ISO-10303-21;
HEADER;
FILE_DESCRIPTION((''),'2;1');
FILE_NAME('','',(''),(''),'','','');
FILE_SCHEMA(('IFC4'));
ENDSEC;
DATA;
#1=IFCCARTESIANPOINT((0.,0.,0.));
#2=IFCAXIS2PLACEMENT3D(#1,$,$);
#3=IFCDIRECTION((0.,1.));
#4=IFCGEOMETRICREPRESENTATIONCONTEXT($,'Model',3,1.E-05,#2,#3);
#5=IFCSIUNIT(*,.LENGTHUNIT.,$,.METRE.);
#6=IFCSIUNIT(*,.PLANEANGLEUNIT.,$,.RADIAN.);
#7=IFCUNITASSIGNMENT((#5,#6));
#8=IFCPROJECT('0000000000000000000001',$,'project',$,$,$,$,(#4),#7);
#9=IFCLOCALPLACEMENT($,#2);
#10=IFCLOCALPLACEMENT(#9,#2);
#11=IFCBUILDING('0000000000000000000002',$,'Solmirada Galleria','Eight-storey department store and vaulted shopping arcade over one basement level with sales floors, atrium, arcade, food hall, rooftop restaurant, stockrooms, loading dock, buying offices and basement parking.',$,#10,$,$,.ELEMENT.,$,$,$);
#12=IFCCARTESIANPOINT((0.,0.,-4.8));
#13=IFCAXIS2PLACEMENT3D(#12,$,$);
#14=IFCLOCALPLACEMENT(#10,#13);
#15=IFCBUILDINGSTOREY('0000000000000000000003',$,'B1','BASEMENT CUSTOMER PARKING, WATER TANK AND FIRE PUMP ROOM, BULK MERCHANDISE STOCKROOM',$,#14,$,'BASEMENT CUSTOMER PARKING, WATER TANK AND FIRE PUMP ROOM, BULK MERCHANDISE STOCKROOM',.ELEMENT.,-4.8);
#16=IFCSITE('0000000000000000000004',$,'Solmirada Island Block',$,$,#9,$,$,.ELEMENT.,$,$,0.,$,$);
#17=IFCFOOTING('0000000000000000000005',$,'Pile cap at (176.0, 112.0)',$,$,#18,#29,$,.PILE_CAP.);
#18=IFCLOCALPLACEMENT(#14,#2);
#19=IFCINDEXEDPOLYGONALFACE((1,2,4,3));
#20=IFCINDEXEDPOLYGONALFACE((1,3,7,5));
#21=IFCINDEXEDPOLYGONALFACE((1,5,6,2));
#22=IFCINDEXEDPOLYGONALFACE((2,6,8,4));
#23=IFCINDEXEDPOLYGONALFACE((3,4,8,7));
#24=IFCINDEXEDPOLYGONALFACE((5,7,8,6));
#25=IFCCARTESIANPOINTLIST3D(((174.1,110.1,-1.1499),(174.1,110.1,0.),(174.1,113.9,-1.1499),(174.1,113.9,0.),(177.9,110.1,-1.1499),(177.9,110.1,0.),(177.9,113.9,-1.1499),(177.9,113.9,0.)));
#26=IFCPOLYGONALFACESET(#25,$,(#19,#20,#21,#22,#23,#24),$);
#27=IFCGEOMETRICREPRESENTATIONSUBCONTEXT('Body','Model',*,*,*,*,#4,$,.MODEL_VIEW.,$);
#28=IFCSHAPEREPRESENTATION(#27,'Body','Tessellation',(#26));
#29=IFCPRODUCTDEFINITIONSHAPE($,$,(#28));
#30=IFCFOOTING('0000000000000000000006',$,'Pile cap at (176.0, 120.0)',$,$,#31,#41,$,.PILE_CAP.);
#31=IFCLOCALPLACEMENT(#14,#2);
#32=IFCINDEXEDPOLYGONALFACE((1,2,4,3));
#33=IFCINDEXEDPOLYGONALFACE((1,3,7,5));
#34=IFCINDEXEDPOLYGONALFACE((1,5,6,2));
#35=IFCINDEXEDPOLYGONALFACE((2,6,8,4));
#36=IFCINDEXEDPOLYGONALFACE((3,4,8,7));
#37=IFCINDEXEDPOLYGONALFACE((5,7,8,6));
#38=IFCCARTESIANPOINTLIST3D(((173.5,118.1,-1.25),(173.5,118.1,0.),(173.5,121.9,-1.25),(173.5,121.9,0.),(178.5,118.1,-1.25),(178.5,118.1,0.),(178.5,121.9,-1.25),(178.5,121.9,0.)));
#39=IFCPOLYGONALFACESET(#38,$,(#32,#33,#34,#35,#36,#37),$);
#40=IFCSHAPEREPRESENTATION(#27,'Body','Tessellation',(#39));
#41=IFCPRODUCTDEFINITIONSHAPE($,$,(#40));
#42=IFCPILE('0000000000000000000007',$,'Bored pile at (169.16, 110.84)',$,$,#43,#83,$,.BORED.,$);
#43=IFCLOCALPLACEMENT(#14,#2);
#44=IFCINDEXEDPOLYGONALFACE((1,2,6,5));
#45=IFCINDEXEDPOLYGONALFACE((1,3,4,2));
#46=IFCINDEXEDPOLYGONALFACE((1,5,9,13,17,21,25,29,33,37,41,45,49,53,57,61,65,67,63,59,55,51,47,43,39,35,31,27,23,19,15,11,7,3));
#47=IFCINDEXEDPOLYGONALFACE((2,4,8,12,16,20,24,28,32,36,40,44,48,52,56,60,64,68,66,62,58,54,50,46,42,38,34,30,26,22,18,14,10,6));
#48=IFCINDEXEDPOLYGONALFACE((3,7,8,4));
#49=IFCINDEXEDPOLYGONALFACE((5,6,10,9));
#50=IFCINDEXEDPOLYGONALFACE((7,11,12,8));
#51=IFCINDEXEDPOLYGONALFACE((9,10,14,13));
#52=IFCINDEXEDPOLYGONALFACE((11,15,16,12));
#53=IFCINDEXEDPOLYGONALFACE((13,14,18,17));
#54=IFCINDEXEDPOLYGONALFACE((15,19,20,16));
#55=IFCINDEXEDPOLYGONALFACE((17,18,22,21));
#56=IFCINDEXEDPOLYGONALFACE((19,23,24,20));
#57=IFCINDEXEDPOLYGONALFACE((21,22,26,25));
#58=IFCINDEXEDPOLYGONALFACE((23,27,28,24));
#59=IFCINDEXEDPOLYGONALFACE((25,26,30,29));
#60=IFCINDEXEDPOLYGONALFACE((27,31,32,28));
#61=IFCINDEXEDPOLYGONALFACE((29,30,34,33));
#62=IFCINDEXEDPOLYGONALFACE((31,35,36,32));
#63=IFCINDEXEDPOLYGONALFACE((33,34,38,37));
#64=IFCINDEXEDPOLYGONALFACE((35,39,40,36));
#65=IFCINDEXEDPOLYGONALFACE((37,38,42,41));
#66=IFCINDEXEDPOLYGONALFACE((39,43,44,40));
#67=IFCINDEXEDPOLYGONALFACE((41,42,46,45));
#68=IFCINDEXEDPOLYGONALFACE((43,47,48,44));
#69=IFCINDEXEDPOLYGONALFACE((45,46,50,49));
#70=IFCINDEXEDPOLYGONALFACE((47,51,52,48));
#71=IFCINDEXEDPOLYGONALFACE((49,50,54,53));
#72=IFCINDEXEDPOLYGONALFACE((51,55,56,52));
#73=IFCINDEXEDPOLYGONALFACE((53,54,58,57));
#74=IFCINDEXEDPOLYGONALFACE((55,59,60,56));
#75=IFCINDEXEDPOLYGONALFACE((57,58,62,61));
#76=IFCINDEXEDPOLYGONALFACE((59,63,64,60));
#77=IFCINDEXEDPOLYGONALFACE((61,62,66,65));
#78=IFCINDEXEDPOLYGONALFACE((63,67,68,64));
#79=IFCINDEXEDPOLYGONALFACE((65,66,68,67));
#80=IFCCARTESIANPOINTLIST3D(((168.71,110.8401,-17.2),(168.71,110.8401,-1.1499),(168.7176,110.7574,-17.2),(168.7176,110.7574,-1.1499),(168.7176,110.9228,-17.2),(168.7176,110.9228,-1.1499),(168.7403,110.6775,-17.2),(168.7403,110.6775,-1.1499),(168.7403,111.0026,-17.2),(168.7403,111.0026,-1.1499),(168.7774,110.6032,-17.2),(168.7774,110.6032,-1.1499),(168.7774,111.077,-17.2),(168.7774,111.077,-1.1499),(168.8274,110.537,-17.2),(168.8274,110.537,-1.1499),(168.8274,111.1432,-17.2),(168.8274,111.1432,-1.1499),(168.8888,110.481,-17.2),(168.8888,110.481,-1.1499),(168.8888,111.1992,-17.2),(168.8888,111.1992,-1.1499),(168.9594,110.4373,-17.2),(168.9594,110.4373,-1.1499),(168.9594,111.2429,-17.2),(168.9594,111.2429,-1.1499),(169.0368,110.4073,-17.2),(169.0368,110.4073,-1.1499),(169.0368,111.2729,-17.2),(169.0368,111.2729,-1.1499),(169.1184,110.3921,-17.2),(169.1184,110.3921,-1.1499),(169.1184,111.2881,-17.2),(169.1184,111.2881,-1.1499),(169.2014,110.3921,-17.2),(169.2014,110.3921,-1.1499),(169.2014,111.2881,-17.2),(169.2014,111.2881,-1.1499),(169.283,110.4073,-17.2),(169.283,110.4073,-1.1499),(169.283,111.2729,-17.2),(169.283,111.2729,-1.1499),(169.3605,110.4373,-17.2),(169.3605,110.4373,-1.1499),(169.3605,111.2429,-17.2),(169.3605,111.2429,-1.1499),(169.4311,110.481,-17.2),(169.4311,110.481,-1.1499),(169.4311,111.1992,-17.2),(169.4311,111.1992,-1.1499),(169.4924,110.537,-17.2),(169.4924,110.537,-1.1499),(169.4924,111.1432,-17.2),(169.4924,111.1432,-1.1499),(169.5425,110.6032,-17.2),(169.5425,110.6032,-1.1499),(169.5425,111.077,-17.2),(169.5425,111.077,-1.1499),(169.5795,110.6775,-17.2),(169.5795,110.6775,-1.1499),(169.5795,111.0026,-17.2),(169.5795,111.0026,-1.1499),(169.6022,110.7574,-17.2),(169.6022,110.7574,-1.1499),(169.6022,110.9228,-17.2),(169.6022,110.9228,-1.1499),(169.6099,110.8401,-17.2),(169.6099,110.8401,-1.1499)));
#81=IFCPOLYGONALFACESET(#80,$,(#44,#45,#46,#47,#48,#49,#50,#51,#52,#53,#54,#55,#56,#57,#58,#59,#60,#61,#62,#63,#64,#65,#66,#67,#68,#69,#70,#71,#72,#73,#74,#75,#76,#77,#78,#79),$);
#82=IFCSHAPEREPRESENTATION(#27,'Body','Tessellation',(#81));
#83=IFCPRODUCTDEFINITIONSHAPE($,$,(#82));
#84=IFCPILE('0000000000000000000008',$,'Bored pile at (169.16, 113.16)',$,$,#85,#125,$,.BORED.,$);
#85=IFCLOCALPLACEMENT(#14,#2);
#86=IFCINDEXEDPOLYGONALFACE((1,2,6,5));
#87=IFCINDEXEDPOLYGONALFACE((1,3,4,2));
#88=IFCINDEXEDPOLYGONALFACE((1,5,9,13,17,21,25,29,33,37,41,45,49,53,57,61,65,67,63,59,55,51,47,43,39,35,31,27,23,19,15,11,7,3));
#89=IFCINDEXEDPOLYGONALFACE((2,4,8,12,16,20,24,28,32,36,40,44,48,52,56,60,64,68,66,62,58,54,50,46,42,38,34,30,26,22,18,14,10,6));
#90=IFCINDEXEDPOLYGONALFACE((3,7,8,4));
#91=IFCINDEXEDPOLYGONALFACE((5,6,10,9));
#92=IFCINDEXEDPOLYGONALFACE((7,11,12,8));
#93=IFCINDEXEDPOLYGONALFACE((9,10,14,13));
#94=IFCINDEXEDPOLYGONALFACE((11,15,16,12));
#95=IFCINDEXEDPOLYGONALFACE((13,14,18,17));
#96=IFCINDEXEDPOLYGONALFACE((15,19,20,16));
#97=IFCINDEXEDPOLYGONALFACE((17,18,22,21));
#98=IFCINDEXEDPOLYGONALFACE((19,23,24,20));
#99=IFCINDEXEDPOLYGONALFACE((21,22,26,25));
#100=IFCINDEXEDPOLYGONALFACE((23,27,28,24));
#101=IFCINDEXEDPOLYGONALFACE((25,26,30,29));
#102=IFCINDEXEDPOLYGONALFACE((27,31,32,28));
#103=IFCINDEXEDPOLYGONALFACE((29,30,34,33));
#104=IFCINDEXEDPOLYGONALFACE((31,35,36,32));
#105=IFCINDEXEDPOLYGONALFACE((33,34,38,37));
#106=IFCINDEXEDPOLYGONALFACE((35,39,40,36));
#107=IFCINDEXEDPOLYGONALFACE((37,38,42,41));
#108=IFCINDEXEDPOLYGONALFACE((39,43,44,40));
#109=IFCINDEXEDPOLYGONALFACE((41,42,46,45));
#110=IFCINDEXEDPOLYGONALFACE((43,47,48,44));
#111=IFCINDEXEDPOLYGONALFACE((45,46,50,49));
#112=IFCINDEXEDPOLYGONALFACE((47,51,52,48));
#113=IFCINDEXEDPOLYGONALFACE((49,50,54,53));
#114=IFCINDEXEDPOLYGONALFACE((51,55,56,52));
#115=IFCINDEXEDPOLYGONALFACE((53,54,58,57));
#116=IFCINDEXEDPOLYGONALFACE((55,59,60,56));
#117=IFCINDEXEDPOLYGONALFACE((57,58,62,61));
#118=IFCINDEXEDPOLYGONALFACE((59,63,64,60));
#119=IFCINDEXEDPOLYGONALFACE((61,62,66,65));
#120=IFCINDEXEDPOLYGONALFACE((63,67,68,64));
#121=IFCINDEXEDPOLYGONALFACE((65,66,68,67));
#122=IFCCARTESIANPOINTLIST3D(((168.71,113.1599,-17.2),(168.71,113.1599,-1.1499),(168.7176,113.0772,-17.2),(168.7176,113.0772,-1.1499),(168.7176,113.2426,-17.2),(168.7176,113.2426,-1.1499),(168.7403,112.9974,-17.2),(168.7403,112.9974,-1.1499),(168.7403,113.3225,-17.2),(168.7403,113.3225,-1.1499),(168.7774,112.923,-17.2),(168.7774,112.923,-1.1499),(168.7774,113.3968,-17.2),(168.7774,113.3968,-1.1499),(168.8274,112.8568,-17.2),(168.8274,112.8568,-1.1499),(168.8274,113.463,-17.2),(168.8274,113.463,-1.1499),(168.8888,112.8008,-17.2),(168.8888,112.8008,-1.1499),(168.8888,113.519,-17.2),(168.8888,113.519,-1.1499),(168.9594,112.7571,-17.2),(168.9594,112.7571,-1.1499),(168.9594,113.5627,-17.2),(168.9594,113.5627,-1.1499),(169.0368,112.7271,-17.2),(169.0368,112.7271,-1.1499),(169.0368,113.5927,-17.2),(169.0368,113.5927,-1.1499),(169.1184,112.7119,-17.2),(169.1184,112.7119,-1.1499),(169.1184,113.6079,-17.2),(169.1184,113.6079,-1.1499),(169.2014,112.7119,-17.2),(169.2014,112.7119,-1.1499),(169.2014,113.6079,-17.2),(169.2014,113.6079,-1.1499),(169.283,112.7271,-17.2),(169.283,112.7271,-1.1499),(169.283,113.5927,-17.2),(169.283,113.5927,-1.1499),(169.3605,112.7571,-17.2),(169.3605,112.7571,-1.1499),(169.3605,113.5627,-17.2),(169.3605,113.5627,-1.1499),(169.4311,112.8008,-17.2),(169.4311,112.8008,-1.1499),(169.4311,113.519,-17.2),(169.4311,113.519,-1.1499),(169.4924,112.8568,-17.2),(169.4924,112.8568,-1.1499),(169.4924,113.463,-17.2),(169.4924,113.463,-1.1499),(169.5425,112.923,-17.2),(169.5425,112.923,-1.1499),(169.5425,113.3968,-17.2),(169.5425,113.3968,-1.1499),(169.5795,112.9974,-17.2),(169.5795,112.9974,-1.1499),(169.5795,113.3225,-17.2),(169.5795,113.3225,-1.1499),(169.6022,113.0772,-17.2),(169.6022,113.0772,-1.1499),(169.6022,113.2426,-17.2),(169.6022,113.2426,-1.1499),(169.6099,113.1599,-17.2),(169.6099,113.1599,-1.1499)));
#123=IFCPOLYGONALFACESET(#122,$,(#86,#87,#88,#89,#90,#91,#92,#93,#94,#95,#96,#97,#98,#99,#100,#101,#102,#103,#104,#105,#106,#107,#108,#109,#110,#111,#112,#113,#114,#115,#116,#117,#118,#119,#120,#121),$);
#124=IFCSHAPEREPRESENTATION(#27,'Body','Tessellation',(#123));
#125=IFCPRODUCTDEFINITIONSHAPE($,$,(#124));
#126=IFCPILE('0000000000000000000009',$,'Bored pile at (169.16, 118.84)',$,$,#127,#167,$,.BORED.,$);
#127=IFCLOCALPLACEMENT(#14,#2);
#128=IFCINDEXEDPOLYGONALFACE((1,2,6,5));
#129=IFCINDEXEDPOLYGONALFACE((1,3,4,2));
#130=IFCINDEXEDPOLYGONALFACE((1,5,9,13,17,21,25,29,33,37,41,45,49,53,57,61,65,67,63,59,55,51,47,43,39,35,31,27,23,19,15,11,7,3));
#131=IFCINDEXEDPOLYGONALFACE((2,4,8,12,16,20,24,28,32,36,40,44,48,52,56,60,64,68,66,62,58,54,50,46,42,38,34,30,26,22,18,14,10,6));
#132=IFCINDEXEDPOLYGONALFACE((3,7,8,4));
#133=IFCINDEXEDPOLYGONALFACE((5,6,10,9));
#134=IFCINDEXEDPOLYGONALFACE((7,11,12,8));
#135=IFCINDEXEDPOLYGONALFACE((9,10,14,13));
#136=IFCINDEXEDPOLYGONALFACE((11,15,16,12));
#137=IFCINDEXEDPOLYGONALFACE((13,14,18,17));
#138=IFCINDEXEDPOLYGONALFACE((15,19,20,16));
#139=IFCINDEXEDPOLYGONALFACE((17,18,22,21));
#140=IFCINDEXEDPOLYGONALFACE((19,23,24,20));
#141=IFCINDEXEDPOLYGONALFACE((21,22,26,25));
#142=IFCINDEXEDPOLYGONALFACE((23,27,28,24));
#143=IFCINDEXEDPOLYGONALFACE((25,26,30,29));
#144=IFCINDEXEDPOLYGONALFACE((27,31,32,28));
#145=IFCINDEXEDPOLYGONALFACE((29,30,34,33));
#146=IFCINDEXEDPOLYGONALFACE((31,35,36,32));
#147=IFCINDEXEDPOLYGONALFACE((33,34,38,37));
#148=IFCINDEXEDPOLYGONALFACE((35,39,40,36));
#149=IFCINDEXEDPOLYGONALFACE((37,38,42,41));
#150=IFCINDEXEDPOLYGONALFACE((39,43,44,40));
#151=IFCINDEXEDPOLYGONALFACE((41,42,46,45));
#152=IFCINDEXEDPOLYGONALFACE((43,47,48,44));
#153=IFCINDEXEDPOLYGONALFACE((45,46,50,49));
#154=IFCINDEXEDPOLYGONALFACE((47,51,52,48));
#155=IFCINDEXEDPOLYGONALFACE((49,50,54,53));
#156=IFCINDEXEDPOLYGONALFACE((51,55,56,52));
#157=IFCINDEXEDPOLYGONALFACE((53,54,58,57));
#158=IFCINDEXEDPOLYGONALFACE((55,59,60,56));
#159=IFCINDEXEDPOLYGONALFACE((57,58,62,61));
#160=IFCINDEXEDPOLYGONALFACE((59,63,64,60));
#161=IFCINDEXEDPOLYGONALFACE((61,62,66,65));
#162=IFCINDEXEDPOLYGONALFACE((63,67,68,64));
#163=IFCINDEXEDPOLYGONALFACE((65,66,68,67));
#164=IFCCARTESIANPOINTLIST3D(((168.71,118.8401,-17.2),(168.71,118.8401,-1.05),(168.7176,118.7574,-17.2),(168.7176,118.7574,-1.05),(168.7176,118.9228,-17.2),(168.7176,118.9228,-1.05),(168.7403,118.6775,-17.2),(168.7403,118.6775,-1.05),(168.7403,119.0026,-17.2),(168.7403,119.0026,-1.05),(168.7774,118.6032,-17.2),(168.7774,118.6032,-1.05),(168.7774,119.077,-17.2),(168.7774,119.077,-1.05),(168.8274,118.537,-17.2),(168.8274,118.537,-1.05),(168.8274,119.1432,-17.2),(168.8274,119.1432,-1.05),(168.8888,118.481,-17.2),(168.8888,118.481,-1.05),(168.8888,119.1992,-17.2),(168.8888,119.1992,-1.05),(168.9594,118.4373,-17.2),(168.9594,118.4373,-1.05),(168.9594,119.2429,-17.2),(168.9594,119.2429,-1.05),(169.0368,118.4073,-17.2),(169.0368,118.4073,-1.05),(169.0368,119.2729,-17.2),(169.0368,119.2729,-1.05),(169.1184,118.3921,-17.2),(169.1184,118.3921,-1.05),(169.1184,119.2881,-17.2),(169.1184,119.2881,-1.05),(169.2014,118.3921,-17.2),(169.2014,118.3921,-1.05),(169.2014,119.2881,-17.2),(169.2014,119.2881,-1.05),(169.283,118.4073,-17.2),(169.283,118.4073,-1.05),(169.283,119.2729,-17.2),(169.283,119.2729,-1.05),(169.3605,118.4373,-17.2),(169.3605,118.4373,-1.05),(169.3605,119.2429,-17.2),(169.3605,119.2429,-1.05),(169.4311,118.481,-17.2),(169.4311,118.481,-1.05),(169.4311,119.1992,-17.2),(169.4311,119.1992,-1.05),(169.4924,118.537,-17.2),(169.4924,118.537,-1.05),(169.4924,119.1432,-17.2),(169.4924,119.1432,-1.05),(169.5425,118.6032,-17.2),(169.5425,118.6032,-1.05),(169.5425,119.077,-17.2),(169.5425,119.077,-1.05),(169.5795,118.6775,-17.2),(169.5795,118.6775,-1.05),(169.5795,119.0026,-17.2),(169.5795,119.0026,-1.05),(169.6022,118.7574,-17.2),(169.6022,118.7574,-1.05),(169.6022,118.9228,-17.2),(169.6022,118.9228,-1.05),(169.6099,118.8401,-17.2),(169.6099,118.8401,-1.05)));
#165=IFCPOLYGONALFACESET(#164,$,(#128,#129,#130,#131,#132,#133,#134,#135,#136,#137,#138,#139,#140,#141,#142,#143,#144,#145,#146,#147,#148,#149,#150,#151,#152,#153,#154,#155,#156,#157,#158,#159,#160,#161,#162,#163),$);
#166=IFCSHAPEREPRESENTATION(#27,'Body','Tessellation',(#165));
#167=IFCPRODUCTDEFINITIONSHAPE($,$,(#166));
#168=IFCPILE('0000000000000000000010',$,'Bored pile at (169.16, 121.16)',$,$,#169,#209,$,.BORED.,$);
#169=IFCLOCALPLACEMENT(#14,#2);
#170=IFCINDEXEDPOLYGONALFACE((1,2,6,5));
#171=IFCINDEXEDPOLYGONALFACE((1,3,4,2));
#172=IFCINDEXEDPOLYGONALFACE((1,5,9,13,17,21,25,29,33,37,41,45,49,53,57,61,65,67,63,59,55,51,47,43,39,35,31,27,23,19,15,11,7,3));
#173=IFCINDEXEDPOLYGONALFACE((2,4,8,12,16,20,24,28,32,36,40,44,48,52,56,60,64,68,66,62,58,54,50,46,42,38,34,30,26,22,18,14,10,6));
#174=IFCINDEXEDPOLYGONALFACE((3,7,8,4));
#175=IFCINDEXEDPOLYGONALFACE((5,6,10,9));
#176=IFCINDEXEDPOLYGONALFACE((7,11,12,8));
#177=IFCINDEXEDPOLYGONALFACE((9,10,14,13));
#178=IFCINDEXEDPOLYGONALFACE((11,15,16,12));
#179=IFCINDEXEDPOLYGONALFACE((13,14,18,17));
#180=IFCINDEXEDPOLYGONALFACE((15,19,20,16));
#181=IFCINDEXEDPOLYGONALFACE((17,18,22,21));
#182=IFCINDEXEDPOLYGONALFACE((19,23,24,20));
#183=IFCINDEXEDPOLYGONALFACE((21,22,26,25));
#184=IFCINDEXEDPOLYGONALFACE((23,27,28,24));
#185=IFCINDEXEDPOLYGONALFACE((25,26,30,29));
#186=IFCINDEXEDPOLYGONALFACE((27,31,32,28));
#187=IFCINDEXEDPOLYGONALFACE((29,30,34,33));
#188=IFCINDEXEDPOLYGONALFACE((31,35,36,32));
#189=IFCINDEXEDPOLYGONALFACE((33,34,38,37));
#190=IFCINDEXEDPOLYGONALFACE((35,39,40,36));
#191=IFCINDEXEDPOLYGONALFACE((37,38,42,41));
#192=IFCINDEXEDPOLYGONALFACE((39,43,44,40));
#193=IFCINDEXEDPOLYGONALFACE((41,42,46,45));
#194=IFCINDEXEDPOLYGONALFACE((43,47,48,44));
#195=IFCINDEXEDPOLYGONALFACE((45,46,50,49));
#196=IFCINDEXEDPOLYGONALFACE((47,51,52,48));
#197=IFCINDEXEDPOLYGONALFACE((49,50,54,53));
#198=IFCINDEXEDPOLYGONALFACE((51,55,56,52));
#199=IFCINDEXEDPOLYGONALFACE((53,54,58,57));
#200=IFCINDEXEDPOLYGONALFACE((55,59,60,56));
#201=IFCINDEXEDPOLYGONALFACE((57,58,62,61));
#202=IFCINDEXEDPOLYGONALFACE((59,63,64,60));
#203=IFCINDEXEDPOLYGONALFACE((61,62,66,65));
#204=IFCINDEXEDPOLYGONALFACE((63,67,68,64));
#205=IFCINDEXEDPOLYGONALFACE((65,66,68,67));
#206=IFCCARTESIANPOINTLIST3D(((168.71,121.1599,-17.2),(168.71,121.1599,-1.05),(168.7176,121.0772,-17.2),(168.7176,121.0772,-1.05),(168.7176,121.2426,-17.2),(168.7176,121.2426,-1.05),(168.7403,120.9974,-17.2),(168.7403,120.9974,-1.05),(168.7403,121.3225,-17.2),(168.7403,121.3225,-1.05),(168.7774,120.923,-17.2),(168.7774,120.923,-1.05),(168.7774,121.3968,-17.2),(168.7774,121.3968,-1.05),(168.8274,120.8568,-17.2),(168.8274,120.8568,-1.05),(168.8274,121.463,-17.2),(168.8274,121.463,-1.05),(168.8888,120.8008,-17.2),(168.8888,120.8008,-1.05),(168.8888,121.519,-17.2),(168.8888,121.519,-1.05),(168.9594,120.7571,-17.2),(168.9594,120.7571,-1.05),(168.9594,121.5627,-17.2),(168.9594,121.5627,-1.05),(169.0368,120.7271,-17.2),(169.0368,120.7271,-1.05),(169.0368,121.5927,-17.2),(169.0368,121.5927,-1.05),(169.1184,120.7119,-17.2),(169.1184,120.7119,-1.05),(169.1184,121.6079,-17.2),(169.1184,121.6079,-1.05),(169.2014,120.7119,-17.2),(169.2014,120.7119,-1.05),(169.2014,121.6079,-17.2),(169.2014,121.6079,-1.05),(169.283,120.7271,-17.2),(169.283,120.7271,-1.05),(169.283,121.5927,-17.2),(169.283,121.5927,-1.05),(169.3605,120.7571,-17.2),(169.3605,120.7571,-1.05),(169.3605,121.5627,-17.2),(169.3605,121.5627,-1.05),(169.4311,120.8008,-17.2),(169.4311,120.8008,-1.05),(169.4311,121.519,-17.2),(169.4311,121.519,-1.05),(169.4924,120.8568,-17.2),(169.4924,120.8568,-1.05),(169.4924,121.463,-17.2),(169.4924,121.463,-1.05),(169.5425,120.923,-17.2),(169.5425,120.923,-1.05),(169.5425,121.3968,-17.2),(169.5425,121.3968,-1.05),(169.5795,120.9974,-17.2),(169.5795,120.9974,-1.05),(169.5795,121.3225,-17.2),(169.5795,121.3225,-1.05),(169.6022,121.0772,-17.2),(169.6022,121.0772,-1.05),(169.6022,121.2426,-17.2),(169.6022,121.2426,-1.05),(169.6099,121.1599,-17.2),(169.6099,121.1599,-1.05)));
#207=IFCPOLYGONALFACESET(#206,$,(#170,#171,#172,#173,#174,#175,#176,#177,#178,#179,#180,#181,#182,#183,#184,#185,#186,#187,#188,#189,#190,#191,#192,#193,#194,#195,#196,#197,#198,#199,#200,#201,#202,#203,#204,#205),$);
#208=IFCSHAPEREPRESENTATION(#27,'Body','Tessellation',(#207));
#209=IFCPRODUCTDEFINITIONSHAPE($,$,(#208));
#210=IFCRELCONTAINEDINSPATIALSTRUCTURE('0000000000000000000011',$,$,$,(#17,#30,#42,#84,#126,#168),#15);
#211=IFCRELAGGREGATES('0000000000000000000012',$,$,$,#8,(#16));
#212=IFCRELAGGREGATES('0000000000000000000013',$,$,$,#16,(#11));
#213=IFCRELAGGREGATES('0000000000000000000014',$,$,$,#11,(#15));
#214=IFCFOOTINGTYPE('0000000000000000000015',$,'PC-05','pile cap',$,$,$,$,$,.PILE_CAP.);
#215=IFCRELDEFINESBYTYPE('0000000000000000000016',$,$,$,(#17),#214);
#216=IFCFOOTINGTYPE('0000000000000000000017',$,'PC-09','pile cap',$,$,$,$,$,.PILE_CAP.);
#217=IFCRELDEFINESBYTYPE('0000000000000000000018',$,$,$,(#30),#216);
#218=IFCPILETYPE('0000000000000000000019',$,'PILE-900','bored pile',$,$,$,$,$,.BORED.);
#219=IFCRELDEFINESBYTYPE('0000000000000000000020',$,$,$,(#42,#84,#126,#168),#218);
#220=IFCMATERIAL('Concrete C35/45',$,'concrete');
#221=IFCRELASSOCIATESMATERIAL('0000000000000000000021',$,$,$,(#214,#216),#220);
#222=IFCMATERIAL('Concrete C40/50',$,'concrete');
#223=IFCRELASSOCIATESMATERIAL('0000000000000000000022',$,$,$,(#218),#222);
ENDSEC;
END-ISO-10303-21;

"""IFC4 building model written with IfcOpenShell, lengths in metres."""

from ifc_helpers import new_model, si_unit, direction, frame, origin, origin_2d, place, context, subcontext, project, spatial, rectangle, circle, extrude, material, material_profile, profile_set, type_object, element, save


model = new_model("IFC4")

# Units and contexts
model_context = context("Model", 3, precision=1e-05, world=origin(), true_north=direction((0.0, 1.0)))
body_context = subcontext(model_context, "Body", "Model", "MODEL_VIEW")
ifc_project = project(units=[si_unit("LENGTHUNIT", "METRE"), si_unit("PLANEANGLEUNIT", "RADIAN")], contexts=[model_context])

# Site, building, storey
site_placement = place(None, origin())
site = spatial("IfcSite", under=ifc_project, at=site_placement, Name="Solmirada Island Block", CompositionType="ELEMENT", RefElevation=0.0)
building_placement = place(site_placement, origin())
building = spatial("IfcBuilding", under=site, at=building_placement, Name="Solmirada Galleria", Description="Eight-storey department store and vaulted shopping arcade over one basement level with sales floors, atrium, arcade, food hall, rooftop restaurant, stockrooms, loading dock, buying offices and basement parking.", CompositionType="ELEMENT")
storey_placement = place(building_placement, frame((0.0, 0.0, -4.8)))
storey = spatial("IfcBuildingStorey", under=building, at=storey_placement, Name="B1", Description="BASEMENT CUSTOMER PARKING, WATER TANK AND FIRE PUMP ROOM, BULK MERCHANDISE STOCKROOM", LongName="BASEMENT CUSTOMER PARKING, WATER TANK AND FIRE PUMP ROOM, BULK MERCHANDISE STOCKROOM", CompositionType="ELEMENT", Elevation=-4.8)

# Footings
ifc_material_1 = material(Name="Concrete C35/45", Category="concrete")
footing_type_1 = type_object("IfcFootingType", Name="PC-05", Description="pile cap", PredefinedType="PILE_CAP", material=ifc_material_1)
footing_1_placement = place(storey_placement, frame((176.0, 112.0, -1.1499), z_axis=(0.0, 0.0, 1.0), x_axis=(1.0, 0.0, 0.0)))
element("IfcFooting", 1, at=footing_1_placement, inside=storey, type_object=footing_type_1, Name="Pile cap at (176.0, 112.0)", PredefinedType="PILE_CAP", context=body_context, shape_type="SweptSolid", body=[
    extrude(rectangle(XDim=3.8, YDim=3.8, at=origin_2d()), origin(), (0.0, 0.0, 1.0), 1.1499),
])
footing_type_2 = type_object("IfcFootingType", Name="PC-09", Description="pile cap", PredefinedType="PILE_CAP", material=ifc_material_1)
footing_2_placement = place(storey_placement, frame((176.0, 120.0, -1.25), z_axis=(0.0, 0.0, 1.0), x_axis=(1.0, 0.0, 0.0)))
element("IfcFooting", 2, at=footing_2_placement, inside=storey, type_object=footing_type_2, Name="Pile cap at (176.0, 120.0)", PredefinedType="PILE_CAP", context=body_context, shape_type="SweptSolid", body=[
    extrude(rectangle(XDim=5.0, YDim=3.8, at=origin_2d()), origin(), (0.0, 0.0, 1.0), 1.25),
])

# Piles
ifc_material_2 = material(Name="Concrete C40/50", Category="concrete")
ifc_material_profile_1 = material_profile(ifc_material_2, circle(Radius=0.45, at=origin_2d()), Name="PILE900")
ifc_profile_set_1 = profile_set([ifc_material_profile_1], Name="Concrete C40/50")
pile_type = type_object("IfcPileType", Name="PILE-900", Description="bored pile", PredefinedType="BORED", material=ifc_profile_set_1)
for number, where, z_axis, x_axis, name in (
    (3, (169.1599, 110.8401, -1.1499), (0.0, 0.0, -1.0), (1.0, 0.0, 0.0), "Bored pile at (169.16, 110.84)"),
    (4, (169.1599, 113.1599, -1.1499), (0.0, 0.0, -1.0), (1.0, 0.0, 0.0), "Bored pile at (169.16, 113.16)"),
):
    element("IfcPile", number, at=place(storey_placement, frame(where, z_axis=z_axis, x_axis=x_axis)), inside=storey, type_object=pile_type, Name=name, PredefinedType="BORED", context=body_context, shape_type="SweptSolid", body=[
        extrude(circle(Radius=0.45, at=origin_2d()), origin(), (0.0, 0.0, 1.0), 16.05),
    ])
for number, where, z_axis, x_axis, name in (
    (5, (169.1599, 118.8401, -1.05), (0.0, 0.0, -1.0), (1.0, 0.0, 0.0), "Bored pile at (169.16, 118.84)"),
    (6, (169.1599, 121.1599, -1.05), (0.0, 0.0, -1.0), (1.0, 0.0, 0.0), "Bored pile at (169.16, 121.16)"),
):
    element("IfcPile", number, at=place(storey_placement, frame(where, z_axis=z_axis, x_axis=x_axis)), inside=storey, type_object=pile_type, Name=name, PredefinedType="BORED", context=body_context, shape_type="SweptSolid", body=[
        extrude(circle(Radius=0.45, at=origin_2d()), origin(), (0.0, 0.0, 1.0), 16.1499),
    ])

save(model, "model.ifc")
